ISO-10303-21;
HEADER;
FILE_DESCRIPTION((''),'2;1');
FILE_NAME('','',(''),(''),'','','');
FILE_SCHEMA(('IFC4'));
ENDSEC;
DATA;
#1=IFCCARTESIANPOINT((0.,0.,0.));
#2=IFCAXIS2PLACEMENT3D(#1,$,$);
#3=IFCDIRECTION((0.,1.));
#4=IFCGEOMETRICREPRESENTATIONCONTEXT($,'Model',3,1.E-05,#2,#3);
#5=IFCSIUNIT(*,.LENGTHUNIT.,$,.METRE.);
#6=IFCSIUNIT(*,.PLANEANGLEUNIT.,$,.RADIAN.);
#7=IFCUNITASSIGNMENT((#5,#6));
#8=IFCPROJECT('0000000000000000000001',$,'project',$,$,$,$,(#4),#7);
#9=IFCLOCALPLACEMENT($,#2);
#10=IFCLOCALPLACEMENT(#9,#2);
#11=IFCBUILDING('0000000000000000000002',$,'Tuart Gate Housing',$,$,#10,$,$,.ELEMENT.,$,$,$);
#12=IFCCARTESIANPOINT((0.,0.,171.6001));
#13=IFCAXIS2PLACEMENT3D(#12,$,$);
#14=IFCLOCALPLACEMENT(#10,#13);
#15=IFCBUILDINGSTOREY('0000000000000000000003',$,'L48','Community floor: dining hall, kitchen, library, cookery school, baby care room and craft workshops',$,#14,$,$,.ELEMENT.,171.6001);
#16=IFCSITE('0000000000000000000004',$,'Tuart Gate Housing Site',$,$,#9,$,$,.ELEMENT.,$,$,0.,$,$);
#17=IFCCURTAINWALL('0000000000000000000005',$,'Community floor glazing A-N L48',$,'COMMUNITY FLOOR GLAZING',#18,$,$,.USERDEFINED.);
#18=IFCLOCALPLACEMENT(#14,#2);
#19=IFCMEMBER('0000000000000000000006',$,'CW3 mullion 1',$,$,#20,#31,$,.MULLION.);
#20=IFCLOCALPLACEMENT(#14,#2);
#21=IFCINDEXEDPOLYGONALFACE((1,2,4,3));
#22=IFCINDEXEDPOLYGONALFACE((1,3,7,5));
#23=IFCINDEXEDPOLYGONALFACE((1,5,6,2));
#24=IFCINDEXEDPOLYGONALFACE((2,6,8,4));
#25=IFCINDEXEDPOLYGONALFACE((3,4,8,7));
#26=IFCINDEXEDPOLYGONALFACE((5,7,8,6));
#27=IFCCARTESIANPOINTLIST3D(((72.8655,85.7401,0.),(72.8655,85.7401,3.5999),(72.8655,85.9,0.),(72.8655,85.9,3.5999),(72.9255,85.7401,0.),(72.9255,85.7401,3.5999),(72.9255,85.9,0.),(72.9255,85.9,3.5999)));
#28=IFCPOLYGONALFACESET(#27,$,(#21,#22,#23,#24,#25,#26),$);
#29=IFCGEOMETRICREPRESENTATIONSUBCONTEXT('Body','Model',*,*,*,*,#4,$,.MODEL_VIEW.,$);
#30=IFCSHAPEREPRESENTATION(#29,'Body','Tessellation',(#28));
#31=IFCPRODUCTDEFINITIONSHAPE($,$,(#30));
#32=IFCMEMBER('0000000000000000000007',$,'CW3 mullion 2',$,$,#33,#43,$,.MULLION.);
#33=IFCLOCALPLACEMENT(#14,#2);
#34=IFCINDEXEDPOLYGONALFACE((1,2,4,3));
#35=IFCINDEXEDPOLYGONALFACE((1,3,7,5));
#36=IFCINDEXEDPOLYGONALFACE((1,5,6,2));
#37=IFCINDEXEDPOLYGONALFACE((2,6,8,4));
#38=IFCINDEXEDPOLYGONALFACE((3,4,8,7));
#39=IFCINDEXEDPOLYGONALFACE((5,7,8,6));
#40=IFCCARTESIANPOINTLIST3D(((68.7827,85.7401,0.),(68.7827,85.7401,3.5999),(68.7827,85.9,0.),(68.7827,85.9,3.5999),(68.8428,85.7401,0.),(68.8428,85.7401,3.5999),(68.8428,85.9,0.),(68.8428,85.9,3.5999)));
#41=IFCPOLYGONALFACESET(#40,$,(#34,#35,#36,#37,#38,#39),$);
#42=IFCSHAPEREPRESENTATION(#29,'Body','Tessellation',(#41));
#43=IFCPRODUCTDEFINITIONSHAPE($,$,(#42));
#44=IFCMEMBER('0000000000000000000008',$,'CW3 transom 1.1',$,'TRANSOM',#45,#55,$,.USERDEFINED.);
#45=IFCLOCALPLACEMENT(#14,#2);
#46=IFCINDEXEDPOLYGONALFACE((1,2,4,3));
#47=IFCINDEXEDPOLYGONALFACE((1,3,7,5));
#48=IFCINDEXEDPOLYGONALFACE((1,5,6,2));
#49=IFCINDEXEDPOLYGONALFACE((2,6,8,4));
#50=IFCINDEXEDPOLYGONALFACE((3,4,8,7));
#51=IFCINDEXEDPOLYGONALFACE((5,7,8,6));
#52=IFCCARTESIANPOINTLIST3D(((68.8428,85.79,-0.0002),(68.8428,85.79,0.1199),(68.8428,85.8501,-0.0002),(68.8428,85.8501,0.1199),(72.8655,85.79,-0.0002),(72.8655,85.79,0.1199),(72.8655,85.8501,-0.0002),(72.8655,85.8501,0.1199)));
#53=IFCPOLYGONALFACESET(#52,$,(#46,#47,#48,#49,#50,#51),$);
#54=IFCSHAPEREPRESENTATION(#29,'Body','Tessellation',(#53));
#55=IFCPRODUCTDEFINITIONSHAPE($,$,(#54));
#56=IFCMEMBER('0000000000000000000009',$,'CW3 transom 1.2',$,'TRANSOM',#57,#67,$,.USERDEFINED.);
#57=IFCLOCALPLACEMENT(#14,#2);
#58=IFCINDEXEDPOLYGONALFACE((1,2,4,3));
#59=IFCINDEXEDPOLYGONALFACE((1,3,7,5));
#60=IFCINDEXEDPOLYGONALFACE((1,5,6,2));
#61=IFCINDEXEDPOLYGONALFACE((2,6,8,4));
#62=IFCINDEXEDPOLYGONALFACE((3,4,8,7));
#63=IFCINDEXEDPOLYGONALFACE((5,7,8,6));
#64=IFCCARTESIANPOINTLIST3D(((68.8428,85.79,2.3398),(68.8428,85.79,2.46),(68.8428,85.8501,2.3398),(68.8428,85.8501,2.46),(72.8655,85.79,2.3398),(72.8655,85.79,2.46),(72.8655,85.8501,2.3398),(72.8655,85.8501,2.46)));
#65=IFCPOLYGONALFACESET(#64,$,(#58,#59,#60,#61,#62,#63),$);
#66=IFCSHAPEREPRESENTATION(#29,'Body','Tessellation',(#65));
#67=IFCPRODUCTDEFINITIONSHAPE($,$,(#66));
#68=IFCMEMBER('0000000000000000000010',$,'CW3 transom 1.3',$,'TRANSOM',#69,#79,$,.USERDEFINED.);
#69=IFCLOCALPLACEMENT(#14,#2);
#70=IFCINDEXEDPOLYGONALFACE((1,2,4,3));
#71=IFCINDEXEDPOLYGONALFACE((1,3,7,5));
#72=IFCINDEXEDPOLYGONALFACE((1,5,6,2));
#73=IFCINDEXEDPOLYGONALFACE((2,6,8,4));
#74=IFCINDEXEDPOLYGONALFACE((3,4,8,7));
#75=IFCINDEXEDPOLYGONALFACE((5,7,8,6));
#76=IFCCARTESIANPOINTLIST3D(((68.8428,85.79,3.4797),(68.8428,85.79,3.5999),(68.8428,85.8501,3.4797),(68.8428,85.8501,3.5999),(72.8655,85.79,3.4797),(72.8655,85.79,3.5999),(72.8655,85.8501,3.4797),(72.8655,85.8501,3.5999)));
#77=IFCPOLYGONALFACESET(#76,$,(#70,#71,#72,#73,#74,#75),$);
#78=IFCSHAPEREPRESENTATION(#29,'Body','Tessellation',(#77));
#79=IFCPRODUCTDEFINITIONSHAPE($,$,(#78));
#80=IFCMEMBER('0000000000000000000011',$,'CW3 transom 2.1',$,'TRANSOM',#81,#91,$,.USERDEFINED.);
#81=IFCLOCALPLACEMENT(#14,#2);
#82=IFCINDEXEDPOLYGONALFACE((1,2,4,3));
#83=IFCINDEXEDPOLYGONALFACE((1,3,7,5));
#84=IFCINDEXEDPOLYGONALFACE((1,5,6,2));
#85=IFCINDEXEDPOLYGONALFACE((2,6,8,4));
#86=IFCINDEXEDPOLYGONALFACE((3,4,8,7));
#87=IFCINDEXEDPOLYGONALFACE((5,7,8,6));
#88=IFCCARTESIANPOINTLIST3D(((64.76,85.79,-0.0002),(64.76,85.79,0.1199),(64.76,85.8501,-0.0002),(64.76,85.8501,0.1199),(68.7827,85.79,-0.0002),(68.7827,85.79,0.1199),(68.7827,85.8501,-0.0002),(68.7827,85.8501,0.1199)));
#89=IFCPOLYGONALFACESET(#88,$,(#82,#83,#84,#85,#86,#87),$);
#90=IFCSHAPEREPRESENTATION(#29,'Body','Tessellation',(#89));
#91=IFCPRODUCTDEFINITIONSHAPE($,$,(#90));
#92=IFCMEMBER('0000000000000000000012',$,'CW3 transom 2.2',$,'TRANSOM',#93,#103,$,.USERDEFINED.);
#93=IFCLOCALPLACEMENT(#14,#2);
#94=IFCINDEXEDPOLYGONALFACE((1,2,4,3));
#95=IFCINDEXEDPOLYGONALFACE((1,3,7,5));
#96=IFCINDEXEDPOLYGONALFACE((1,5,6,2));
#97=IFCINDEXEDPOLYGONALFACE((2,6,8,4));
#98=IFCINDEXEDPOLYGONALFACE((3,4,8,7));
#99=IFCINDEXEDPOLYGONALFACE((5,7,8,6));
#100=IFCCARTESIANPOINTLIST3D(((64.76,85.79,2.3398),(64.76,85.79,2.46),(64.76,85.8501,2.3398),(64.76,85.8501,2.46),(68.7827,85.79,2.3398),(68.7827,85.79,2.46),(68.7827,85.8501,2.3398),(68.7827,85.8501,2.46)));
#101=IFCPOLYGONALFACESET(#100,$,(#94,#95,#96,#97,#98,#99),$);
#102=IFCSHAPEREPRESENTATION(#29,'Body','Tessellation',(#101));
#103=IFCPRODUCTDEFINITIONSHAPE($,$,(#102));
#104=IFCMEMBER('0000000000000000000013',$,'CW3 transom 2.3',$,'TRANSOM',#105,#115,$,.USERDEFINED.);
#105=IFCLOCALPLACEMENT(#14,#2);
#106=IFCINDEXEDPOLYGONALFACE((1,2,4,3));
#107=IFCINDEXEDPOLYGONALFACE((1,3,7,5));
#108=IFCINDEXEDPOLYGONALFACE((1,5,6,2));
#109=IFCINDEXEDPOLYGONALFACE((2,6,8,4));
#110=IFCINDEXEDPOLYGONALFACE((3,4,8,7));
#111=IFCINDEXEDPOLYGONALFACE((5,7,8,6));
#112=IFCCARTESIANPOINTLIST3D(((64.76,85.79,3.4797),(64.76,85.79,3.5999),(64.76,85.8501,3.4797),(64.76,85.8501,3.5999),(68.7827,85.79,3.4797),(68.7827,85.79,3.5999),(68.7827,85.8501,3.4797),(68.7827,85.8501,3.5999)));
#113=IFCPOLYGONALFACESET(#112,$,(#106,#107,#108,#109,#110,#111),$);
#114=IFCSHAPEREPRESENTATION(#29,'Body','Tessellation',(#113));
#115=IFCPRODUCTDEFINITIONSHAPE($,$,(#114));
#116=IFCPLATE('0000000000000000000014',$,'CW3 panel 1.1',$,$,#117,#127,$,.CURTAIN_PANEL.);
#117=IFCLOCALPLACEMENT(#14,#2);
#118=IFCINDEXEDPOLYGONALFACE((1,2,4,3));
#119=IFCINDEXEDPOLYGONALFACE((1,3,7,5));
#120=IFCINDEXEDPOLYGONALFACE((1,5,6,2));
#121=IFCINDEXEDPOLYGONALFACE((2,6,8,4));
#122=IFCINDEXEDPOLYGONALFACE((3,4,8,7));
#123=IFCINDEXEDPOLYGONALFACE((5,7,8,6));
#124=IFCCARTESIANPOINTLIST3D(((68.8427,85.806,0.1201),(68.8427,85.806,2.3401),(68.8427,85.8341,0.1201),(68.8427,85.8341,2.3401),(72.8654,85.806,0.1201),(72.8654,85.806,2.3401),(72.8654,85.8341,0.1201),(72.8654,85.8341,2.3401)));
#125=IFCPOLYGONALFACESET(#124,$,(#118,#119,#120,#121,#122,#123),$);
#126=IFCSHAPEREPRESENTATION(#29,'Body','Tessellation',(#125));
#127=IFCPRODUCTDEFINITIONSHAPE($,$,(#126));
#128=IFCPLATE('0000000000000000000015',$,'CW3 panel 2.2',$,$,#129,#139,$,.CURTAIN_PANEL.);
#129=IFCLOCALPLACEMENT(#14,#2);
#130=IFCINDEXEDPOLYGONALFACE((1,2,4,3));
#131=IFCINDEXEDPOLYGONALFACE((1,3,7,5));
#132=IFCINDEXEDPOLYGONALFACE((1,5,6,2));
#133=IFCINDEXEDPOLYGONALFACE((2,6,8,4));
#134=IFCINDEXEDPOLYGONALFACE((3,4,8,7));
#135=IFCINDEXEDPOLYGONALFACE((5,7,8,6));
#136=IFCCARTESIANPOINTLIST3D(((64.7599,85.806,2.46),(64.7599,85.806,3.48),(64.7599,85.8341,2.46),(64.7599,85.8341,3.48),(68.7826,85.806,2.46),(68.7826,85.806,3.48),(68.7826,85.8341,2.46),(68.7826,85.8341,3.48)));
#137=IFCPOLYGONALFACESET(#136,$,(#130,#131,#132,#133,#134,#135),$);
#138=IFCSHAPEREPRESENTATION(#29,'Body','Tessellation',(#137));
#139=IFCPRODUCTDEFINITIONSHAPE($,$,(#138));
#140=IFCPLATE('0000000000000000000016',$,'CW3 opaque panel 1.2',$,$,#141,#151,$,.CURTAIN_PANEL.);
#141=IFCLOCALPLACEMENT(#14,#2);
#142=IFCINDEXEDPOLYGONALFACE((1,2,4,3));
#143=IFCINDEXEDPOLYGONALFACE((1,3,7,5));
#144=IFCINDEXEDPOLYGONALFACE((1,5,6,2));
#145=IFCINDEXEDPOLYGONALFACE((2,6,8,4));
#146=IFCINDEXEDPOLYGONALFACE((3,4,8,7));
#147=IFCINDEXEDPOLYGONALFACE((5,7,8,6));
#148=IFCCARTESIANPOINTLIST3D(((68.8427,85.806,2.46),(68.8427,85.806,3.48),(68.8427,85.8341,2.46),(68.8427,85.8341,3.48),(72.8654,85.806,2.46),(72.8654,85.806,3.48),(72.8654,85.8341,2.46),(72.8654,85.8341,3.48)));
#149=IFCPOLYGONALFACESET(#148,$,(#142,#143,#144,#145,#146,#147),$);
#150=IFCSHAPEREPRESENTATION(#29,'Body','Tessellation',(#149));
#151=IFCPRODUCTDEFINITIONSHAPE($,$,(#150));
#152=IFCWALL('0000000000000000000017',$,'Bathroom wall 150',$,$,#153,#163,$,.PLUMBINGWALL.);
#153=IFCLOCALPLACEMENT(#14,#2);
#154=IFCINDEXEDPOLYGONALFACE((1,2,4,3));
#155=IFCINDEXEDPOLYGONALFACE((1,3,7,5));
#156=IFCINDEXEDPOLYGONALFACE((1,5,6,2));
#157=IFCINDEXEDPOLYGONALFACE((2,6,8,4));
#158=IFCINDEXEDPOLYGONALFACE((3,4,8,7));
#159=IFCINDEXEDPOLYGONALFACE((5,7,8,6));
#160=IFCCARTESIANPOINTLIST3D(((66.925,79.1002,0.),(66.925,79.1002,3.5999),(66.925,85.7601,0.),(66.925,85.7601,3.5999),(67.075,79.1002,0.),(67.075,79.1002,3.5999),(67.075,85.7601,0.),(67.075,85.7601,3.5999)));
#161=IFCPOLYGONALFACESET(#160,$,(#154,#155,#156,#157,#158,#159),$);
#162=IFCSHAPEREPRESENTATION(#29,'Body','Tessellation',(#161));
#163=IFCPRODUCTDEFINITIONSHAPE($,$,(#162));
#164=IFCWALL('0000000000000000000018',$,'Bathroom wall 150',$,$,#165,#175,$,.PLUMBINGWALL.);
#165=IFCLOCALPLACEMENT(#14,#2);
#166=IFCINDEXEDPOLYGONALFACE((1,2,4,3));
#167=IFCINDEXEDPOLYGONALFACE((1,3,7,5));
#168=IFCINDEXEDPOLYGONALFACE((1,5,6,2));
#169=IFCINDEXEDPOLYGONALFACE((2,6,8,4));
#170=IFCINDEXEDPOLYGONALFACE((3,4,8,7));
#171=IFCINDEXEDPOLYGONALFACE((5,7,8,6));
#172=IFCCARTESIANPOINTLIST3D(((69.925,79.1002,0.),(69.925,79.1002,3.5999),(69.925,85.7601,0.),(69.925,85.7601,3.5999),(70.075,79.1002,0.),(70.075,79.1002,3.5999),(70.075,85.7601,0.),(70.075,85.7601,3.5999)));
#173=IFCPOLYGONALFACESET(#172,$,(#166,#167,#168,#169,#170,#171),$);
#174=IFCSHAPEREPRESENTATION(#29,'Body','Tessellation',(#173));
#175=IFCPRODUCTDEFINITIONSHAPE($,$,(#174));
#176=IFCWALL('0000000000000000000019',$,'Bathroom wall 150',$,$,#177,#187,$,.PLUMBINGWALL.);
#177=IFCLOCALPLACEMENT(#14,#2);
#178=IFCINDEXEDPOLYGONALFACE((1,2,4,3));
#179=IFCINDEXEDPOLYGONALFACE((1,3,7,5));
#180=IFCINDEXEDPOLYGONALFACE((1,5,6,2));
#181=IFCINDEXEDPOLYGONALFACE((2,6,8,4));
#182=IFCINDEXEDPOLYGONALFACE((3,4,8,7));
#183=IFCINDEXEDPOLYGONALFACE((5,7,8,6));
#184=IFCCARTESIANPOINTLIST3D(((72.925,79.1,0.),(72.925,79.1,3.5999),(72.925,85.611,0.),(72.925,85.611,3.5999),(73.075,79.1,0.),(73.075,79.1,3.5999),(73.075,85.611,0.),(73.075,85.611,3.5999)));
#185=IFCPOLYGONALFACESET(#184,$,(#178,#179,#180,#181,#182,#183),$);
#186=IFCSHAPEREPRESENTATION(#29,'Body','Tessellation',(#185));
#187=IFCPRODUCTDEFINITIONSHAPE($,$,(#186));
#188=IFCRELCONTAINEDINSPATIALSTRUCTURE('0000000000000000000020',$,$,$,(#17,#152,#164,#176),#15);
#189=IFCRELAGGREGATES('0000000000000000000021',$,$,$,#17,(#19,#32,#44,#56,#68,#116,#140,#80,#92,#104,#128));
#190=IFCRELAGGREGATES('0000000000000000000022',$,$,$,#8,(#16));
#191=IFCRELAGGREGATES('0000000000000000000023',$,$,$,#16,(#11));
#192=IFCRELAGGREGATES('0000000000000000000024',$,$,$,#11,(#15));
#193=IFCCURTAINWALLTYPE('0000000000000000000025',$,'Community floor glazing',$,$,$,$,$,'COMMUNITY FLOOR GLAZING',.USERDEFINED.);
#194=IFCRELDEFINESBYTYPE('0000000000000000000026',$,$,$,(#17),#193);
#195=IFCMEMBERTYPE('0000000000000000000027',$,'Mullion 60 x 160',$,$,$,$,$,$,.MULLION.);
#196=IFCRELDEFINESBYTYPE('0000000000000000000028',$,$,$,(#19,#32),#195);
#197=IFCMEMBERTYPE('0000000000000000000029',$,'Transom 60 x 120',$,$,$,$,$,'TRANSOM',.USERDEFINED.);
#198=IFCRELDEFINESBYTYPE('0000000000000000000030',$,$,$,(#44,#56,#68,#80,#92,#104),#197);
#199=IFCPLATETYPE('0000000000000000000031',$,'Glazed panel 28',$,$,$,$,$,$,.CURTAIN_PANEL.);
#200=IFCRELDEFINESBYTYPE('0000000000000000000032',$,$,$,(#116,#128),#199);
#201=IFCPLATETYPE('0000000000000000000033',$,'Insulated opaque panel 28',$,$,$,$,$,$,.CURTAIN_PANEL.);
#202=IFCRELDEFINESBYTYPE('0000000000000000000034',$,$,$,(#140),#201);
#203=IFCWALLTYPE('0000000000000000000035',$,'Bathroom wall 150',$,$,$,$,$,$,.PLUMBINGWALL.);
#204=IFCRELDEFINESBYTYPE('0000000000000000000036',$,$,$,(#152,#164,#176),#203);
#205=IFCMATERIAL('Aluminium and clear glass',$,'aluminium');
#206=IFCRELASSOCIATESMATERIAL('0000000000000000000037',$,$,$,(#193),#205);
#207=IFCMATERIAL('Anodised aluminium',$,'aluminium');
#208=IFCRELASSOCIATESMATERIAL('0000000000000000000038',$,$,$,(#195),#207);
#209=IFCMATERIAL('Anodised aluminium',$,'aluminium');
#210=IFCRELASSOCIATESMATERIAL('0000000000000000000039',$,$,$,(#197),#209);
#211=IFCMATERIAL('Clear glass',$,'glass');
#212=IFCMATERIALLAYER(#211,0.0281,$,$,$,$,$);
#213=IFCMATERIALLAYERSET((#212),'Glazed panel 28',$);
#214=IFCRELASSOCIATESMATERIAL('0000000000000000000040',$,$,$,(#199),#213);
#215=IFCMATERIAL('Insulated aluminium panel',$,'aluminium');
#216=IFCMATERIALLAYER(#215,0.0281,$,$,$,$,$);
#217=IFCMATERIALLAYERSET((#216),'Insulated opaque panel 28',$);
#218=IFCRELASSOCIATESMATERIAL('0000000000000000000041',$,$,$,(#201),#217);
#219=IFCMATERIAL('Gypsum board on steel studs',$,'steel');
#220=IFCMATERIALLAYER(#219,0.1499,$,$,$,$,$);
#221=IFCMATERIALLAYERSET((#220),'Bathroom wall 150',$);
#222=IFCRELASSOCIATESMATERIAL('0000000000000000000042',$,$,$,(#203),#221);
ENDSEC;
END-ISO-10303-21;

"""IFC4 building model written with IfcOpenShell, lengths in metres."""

from ifc_helpers import new_model, si_unit, direction, frame, frame_2d, origin, origin_2d, place, context, subcontext, project, spatial, rectangle, extrude, material, layer, layer_set, material_profile, profile_set, type_object, element, aggregate, save


model = new_model("IFC4")

# Units and contexts
model_context = context("Model", 3, precision=1e-05, world=origin(), true_north=direction((0.0, 1.0)))
body_context = subcontext(model_context, "Body", "Model", "MODEL_VIEW")
ifc_project = project(units=[si_unit("LENGTHUNIT", "METRE"), si_unit("PLANEANGLEUNIT", "RADIAN")], contexts=[model_context])

# Site, building, storey
site_placement = place(None, origin())
site = spatial("IfcSite", under=ifc_project, at=site_placement, Name="Tuart Gate Housing Site", CompositionType="ELEMENT", RefElevation=0.0)
building_placement = place(site_placement, origin())
building = spatial("IfcBuilding", under=site, at=building_placement, Name="Tuart Gate Housing", CompositionType="ELEMENT")
storey_placement = place(building_placement, frame((0.0, 0.0, 171.6001)))
storey = spatial("IfcBuildingStorey", under=building, at=storey_placement, Name="L48", Description="Community floor: dining hall, kitchen, library, cookery school, baby care room and craft workshops", CompositionType="ELEMENT", Elevation=171.6001)

# Curtain wall, members, plates
ifc_material_1 = material(Name="Aluminium and clear glass", Category="aluminium")
curtain_wall_type = type_object("IfcCurtainWallType", Name="Community floor glazing", ElementType="COMMUNITY FLOOR GLAZING", PredefinedType="USERDEFINED", material=ifc_material_1)
curtain_wall_placement = place(storey_placement, origin())
curtain_wall = element("IfcCurtainWall", 1, at=curtain_wall_placement, inside=storey, type_object=curtain_wall_type, Name="Community floor glazing A-N L48", ObjectType="COMMUNITY FLOOR GLAZING", PredefinedType="USERDEFINED")
ifc_material_2 = material(Name="Anodised aluminium", Category="aluminium")
ifc_material_profile_1 = material_profile(ifc_material_2, rectangle(XDim=0.0601, YDim=0.1599, at=origin_2d()), Name="60x160")
ifc_profile_set_1 = profile_set([ifc_material_profile_1], Name="Anodised aluminium")
member_type_1 = type_object("IfcMemberType", Name="Mullion 60 x 160", PredefinedType="MULLION", material=ifc_profile_set_1)
member_1_placement = place(storey_placement, frame((72.8955, 85.8201, 0.0), z_axis=(0.0, 0.0, 1.0), x_axis=(-1.0, 0.0, 0.0)))
member_1 = element("IfcMember", 2, at=member_1_placement, type_object=member_type_1, Name="CW3 mullion 1", PredefinedType="MULLION", context=body_context, shape_type="SweptSolid", body=[
    extrude(rectangle(XDim=0.0601, YDim=0.1599, at=origin_2d()), origin(), (0.0, 0.0, 1.0), 3.5999),
])
member_2_placement = place(storey_placement, frame((68.8127, 85.8201, 0.0), z_axis=(0.0, 0.0, 1.0), x_axis=(-1.0, 0.0, 0.0)))
member_2 = element("IfcMember", 3, at=member_2_placement, type_object=member_type_1, Name="CW3 mullion 2", PredefinedType="MULLION", context=body_context, shape_type="SweptSolid", body=[
    extrude(rectangle(XDim=0.0601, YDim=0.1599, at=origin_2d()), origin(), (0.0, 0.0, 1.0), 3.5999),
])
ifc_material_3 = material(Name="Anodised aluminium", Category="aluminium")
ifc_material_profile_2 = material_profile(ifc_material_3, rectangle(XDim=0.0601, YDim=0.1201, at=origin_2d()), Name="60x120")
ifc_profile_set_2 = profile_set([ifc_material_profile_2], Name="Anodised aluminium")
member_type_2 = type_object("IfcMemberType", Name="Transom 60 x 120", ElementType="TRANSOM", PredefinedType="USERDEFINED", material=ifc_profile_set_2)
member_3_placement = place(storey_placement, frame((72.8655, 85.8201, 0.0598), z_axis=(-1.0, 0.0, 0.0), x_axis=(0.0, -1.0, 0.0)))
member_3 = element("IfcMember", 4, at=member_3_placement, type_object=member_type_2, Name="CW3 transom 1.1", ObjectType="TRANSOM", PredefinedType="USERDEFINED", context=body_context, shape_type="SweptSolid", body=[
    extrude(rectangle(XDim=0.0601, YDim=0.1201, at=origin_2d()), origin(), (0.0, 0.0, 1.0), 4.0227),
])
member_4_placement = place(storey_placement, frame((72.8655, 85.8201, 2.3999), z_axis=(-1.0, 0.0, 0.0), x_axis=(0.0, -1.0, 0.0)))
member_4 = element("IfcMember", 5, at=member_4_placement, type_object=member_type_2, Name="CW3 transom 1.2", ObjectType="TRANSOM", PredefinedType="USERDEFINED", context=body_context, shape_type="SweptSolid", body=[
    extrude(rectangle(XDim=0.0601, YDim=0.1201, at=origin_2d()), origin(), (0.0, 0.0, 1.0), 4.0227),
])
member_5_placement = place(storey_placement, frame((72.8655, 85.8201, 3.5398), z_axis=(-1.0, 0.0, 0.0), x_axis=(0.0, -1.0, 0.0)))
member_5 = element("IfcMember", 6, at=member_5_placement, type_object=member_type_2, Name="CW3 transom 1.3", ObjectType="TRANSOM", PredefinedType="USERDEFINED", context=body_context, shape_type="SweptSolid", body=[
    extrude(rectangle(XDim=0.0601, YDim=0.1201, at=origin_2d()), origin(), (0.0, 0.0, 1.0), 4.0227),
])
member_6_placement = place(storey_placement, frame((68.7827, 85.8201, 0.0598), z_axis=(-1.0, 0.0, 0.0), x_axis=(0.0, -1.0, 0.0)))
member_6 = element("IfcMember", 7, at=member_6_placement, type_object=member_type_2, Name="CW3 transom 2.1", ObjectType="TRANSOM", PredefinedType="USERDEFINED", context=body_context, shape_type="SweptSolid", body=[
    extrude(rectangle(XDim=0.0601, YDim=0.1201, at=origin_2d()), origin(), (0.0, 0.0, 1.0), 4.0227),
])
member_7_placement = place(storey_placement, frame((68.7827, 85.8201, 2.3999), z_axis=(-1.0, 0.0, 0.0), x_axis=(0.0, -1.0, 0.0)))
member_7 = element("IfcMember", 8, at=member_7_placement, type_object=member_type_2, Name="CW3 transom 2.2", ObjectType="TRANSOM", PredefinedType="USERDEFINED", context=body_context, shape_type="SweptSolid", body=[
    extrude(rectangle(XDim=0.0601, YDim=0.1201, at=origin_2d()), origin(), (0.0, 0.0, 1.0), 4.0227),
])
member_8_placement = place(storey_placement, frame((68.7827, 85.8201, 3.5398), z_axis=(-1.0, 0.0, 0.0), x_axis=(0.0, -1.0, 0.0)))
member_8 = element("IfcMember", 9, at=member_8_placement, type_object=member_type_2, Name="CW3 transom 2.3", ObjectType="TRANSOM", PredefinedType="USERDEFINED", context=body_context, shape_type="SweptSolid", body=[
    extrude(rectangle(XDim=0.0601, YDim=0.1201, at=origin_2d()), origin(), (0.0, 0.0, 1.0), 4.0227),
])
ifc_material_4 = material(Name="Clear glass", Category="glass")
ifc_layer_1 = layer(ifc_material_4, 0.0281)
ifc_layer_set_1 = layer_set([ifc_layer_1], Name="Glazed panel 28")
plate_type_1 = type_object("IfcPlateType", Name="Glazed panel 28", PredefinedType="CURTAIN_PANEL", material=ifc_layer_set_1)
plate_1_placement = place(storey_placement, frame((70.854, 85.8201, 0.1201), z_axis=(0.0, 0.0, 1.0), x_axis=(-1.0, 0.0, 0.0)))
plate_1 = element("IfcPlate", 10, at=plate_1_placement, type_object=plate_type_1, Name="CW3 panel 1.1", PredefinedType="CURTAIN_PANEL", context=body_context, shape_type="SweptSolid", body=[
    extrude(rectangle(XDim=4.0227, YDim=0.0281, at=origin_2d()), origin(), (0.0, 0.0, 1.0), 2.22),
])
plate_2_placement = place(storey_placement, frame((66.7712, 85.8201, 2.46), z_axis=(0.0, 0.0, 1.0), x_axis=(-1.0, 0.0, 0.0)))
plate_2 = element("IfcPlate", 11, at=plate_2_placement, type_object=plate_type_1, Name="CW3 panel 2.2", PredefinedType="CURTAIN_PANEL", context=body_context, shape_type="SweptSolid", body=[
    extrude(rectangle(XDim=4.0227, YDim=0.0281, at=origin_2d()), origin(), (0.0, 0.0, 1.0), 1.02),
])
ifc_material_5 = material(Name="Insulated aluminium panel", Category="aluminium")
ifc_layer_2 = layer(ifc_material_5, 0.0281)
ifc_layer_set_2 = layer_set([ifc_layer_2], Name="Insulated opaque panel 28")
plate_type_2 = type_object("IfcPlateType", Name="Insulated opaque panel 28", PredefinedType="CURTAIN_PANEL", material=ifc_layer_set_2)
plate_3_placement = place(storey_placement, frame((70.854, 85.8201, 2.46), z_axis=(0.0, 0.0, 1.0), x_axis=(-1.0, 0.0, 0.0)))
plate_3 = element("IfcPlate", 12, at=plate_3_placement, type_object=plate_type_2, Name="CW3 opaque panel 1.2", PredefinedType="CURTAIN_PANEL", context=body_context, shape_type="SweptSolid", body=[
    extrude(rectangle(XDim=4.0227, YDim=0.0281, at=origin_2d()), origin(), (0.0, 0.0, 1.0), 1.02),
])
aggregate(curtain_wall, [member_1, member_2, member_3, member_4, member_5, plate_1, plate_3, member_6, member_7, member_8, plate_2])

# Walls
ifc_material_6 = material(Name="Gypsum board on steel studs", Category="steel")
ifc_layer_3 = layer(ifc_material_6, 0.1499)
ifc_layer_set_3 = layer_set([ifc_layer_3], Name="Bathroom wall 150")
wall_type_1 = type_object("IfcWallType", Name="Bathroom wall 150", PredefinedType="PLUMBINGWALL", material=ifc_layer_set_3)
for number, where, z_axis, x_axis, name in (
    (13, (67.0, 79.1001, 0.0), (0.0, 0.0, 1.0), (0.0, 1.0, 0.0), "Bathroom wall 150"),
    (14, (70.0, 79.1001, 0.0), (0.0, 0.0, 1.0), (0.0, 1.0, 0.0), "Bathroom wall 150"),
):
    element("IfcWall", number, at=place(storey_placement, frame(where, z_axis=z_axis, x_axis=x_axis)), inside=storey, type_object=wall_type_1, Name=name, PredefinedType="PLUMBINGWALL", context=body_context, shape_type="SweptSolid", body=[
        extrude(rectangle(XDim=6.6599, YDim=0.1499, at=frame_2d((3.3301, 0.0))), origin(), (0.0, 0.0, 1.0), 3.5999),
    ])
wall_1_placement = place(storey_placement, frame((73.0, 79.1001, 0.0), z_axis=(0.0, 0.0, 1.0), x_axis=(0.0, 1.0, 0.0)))
element("IfcWall", 15, at=wall_1_placement, inside=storey, type_object=wall_type_1, Name="Bathroom wall 150", PredefinedType="PLUMBINGWALL", context=body_context, shape_type="SweptSolid", body=[
    extrude(rectangle(XDim=6.511, YDim=0.1499, at=frame_2d((3.2554, 0.0))), origin(), (0.0, 0.0, 1.0), 3.5999),
])

save(model, "model.ifc")
